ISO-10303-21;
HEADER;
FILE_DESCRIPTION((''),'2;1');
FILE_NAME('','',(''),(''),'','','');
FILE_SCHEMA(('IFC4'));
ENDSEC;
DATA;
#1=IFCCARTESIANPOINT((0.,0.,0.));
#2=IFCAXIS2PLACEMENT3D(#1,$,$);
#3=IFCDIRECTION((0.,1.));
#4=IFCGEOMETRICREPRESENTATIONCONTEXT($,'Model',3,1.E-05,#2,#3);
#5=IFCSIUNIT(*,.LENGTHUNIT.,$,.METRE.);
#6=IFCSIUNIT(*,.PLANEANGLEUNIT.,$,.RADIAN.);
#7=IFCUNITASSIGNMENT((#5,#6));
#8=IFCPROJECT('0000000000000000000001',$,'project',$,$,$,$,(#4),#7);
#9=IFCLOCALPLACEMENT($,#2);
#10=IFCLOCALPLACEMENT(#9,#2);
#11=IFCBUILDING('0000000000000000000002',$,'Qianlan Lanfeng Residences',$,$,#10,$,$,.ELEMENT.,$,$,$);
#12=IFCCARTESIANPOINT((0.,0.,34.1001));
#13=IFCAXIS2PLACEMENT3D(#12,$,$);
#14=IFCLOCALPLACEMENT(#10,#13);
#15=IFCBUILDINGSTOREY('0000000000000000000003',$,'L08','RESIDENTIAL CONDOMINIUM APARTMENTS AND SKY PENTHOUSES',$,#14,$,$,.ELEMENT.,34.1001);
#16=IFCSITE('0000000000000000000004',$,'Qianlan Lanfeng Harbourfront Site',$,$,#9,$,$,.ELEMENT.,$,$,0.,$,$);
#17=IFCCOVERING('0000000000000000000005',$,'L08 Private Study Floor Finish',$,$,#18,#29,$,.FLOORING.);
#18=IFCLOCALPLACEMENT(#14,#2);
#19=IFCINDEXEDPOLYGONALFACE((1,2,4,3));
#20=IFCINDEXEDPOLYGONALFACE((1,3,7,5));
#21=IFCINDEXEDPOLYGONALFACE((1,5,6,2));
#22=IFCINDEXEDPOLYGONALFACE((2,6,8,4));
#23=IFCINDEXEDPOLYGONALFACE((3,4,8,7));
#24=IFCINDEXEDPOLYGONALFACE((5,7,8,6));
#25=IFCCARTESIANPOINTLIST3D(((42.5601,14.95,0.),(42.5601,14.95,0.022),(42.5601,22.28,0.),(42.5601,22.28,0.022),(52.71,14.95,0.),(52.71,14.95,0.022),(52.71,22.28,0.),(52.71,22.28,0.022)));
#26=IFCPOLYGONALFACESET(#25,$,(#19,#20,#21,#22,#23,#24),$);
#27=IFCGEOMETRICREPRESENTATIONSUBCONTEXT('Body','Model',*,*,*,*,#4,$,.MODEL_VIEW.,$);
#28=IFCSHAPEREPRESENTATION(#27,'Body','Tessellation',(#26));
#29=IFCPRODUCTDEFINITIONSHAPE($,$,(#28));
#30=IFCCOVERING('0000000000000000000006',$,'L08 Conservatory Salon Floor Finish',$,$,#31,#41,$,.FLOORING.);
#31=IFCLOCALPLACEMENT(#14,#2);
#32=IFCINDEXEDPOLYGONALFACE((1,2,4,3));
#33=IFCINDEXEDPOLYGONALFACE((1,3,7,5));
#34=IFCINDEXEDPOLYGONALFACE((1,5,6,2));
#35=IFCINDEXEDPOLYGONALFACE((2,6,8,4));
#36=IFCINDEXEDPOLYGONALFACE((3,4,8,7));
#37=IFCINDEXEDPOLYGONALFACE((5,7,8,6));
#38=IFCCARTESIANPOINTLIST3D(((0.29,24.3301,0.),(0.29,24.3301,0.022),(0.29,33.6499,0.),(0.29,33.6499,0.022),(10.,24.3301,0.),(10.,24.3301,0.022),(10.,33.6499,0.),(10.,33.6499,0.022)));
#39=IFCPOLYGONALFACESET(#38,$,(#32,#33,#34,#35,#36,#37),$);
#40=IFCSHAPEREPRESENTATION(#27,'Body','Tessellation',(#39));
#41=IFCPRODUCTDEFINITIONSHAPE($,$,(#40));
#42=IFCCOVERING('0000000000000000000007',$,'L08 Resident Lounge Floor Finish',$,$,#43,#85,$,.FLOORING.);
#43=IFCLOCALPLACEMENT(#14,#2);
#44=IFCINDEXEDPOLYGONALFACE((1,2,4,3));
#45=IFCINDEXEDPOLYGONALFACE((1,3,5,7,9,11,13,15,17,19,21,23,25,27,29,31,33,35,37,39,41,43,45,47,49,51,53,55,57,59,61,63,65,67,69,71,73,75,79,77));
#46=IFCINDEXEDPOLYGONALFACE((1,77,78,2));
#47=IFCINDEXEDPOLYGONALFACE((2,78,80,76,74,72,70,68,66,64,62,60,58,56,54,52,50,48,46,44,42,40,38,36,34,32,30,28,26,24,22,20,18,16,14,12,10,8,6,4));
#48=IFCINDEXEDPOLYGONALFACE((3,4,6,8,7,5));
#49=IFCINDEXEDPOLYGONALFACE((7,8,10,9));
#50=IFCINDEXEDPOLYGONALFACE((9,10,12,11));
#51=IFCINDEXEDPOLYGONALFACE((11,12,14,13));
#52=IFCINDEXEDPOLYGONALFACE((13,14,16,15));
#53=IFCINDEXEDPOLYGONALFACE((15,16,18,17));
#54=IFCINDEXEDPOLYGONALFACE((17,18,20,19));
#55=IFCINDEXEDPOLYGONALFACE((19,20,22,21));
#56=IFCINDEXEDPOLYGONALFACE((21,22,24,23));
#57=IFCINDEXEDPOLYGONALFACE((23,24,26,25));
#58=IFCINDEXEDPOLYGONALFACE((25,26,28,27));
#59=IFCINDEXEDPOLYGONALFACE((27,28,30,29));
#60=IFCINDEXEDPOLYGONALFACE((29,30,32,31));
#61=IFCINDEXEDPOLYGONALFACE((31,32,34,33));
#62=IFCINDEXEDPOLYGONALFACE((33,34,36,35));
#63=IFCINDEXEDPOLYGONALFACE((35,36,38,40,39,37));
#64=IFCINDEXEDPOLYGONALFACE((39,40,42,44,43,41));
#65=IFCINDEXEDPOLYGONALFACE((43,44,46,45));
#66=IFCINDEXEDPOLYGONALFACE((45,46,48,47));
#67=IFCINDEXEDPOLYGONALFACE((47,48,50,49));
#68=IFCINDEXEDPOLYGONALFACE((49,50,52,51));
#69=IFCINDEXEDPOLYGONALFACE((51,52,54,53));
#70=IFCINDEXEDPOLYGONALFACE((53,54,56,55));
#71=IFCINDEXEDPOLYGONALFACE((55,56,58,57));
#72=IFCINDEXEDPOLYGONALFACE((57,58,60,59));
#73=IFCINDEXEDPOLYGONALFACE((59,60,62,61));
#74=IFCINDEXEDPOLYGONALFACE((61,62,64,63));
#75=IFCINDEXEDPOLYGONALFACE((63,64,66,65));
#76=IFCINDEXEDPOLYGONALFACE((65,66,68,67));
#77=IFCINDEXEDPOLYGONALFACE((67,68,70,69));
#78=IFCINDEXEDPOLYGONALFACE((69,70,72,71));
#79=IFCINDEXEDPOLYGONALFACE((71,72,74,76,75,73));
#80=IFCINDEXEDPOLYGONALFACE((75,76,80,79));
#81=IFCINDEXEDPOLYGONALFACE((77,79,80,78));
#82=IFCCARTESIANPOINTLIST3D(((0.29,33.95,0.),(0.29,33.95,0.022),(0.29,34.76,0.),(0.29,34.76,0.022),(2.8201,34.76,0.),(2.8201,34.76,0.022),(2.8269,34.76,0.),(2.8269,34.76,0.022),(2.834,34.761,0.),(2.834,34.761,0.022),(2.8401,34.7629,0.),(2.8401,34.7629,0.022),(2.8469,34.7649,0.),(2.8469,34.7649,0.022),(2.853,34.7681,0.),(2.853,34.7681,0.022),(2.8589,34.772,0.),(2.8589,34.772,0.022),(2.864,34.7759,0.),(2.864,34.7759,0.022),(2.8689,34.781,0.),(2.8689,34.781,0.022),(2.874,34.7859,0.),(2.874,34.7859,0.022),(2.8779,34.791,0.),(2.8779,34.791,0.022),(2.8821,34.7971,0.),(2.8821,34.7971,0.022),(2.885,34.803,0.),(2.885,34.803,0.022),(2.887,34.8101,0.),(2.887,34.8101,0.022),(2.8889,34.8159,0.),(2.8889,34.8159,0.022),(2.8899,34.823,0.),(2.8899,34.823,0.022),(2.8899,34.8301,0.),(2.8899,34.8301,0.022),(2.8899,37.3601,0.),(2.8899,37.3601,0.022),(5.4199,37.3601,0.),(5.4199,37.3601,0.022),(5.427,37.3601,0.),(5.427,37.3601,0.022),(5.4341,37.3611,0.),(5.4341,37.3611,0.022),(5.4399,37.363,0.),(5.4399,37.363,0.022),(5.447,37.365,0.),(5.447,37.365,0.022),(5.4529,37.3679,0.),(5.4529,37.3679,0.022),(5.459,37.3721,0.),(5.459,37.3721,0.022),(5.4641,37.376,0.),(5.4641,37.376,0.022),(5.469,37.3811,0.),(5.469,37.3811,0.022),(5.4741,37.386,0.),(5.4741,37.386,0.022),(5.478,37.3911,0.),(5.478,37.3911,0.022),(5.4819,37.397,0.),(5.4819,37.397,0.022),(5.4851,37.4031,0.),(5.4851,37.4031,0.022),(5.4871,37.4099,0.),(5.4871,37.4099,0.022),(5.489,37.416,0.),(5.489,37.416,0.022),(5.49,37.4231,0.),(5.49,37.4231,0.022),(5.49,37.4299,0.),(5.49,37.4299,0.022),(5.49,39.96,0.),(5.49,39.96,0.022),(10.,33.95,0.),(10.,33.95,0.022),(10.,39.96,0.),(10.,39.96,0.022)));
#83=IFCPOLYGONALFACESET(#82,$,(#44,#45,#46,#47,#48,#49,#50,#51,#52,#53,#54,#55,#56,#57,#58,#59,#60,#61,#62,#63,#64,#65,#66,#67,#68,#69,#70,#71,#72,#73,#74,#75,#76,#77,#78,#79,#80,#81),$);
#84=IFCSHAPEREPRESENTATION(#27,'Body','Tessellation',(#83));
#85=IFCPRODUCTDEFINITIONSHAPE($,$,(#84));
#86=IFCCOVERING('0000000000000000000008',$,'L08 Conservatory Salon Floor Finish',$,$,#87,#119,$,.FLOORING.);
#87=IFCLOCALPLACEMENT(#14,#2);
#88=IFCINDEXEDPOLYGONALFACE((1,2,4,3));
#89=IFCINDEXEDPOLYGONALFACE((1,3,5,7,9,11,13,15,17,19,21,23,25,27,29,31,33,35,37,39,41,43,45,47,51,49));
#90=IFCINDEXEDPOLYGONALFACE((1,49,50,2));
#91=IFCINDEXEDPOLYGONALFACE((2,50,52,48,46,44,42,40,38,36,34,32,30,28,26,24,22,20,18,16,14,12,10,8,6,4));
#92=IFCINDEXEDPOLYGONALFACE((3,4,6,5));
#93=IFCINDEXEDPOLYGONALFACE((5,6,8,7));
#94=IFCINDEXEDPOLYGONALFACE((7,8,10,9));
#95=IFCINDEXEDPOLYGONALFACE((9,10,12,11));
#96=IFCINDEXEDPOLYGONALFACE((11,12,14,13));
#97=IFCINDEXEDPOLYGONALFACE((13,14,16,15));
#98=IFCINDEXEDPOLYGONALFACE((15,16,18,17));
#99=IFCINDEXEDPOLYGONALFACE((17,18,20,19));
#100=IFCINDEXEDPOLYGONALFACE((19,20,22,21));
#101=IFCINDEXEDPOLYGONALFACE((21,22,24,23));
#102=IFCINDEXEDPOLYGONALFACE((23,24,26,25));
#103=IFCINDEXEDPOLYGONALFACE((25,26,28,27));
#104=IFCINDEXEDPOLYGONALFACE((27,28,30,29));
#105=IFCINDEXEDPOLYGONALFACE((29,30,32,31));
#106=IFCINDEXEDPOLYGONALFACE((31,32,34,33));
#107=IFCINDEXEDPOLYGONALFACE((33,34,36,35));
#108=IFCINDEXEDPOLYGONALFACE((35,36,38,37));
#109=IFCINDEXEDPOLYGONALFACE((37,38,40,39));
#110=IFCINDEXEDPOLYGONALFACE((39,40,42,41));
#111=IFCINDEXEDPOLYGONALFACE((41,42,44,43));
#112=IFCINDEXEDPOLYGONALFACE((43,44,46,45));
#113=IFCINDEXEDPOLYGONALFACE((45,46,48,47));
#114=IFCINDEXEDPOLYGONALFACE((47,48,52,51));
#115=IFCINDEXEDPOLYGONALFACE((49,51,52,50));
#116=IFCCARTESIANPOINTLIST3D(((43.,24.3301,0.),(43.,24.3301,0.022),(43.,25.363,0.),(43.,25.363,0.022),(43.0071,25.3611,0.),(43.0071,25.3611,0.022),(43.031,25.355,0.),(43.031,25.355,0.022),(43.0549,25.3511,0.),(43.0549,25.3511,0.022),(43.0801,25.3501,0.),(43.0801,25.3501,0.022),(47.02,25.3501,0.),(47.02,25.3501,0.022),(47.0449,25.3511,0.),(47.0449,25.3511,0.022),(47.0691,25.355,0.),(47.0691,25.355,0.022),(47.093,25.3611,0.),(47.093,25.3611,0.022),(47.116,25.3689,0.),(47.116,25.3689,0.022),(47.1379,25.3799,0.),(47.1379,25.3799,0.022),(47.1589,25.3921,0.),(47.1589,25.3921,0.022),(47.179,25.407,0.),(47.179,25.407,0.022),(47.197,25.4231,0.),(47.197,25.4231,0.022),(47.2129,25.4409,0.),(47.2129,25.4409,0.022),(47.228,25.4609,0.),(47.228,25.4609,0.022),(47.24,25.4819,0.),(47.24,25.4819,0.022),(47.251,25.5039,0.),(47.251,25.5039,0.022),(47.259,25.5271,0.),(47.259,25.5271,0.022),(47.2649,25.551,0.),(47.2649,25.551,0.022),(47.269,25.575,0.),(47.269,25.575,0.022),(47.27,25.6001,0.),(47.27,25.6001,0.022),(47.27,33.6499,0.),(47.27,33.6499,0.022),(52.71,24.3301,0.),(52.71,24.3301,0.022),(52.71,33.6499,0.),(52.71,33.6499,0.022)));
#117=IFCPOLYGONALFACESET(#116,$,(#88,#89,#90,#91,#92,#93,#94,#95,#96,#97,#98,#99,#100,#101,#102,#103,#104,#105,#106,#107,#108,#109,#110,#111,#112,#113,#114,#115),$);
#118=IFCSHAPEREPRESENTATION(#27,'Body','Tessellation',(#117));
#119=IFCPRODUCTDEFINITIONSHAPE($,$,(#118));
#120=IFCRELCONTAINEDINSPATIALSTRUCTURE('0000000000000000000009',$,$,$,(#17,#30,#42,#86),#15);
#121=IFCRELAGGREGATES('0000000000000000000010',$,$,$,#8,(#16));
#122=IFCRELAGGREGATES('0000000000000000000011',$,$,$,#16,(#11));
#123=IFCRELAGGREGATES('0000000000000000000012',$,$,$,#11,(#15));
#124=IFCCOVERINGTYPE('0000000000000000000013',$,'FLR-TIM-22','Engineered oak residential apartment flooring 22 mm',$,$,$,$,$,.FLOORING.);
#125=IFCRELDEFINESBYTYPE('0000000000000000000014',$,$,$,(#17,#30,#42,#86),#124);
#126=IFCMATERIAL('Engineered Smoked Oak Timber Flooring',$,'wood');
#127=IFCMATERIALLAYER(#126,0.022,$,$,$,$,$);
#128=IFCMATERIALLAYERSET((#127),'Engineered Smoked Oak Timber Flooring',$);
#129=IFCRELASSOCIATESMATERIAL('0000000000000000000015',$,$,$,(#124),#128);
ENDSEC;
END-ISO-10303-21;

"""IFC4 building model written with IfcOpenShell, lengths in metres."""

from ifc_helpers import new_model, si_unit, direction, frame, origin, place, context, subcontext, project, spatial, polyline, outline, extrude, material, layer, layer_set, type_object, element, save


model = new_model("IFC4")

# Units and contexts
model_context = context("Model", 3, precision=1e-05, world=origin(), true_north=direction((0.0, 1.0)))
body_context = subcontext(model_context, "Body", "Model", "MODEL_VIEW")
ifc_project = project(units=[si_unit("LENGTHUNIT", "METRE"), si_unit("PLANEANGLEUNIT", "RADIAN")], contexts=[model_context])

# Site, building, storey
site_placement = place(None, origin())
site = spatial("IfcSite", under=ifc_project, at=site_placement, Name="Qianlan Lanfeng Harbourfront Site", CompositionType="ELEMENT", RefElevation=0.0)
building_placement = place(site_placement, origin())
building = spatial("IfcBuilding", under=site, at=building_placement, Name="Qianlan Lanfeng Residences", CompositionType="ELEMENT")
storey_placement = place(building_placement, frame((0.0, 0.0, 34.1001)))
storey = spatial("IfcBuildingStorey", under=building, at=storey_placement, Name="L08", Description="RESIDENTIAL CONDOMINIUM APARTMENTS AND SKY PENTHOUSES", CompositionType="ELEMENT", Elevation=34.1001)

# Coverings
ifc_material_1 = material(Name="Engineered Smoked Oak Timber Flooring", Category="wood")
ifc_layer_1 = layer(ifc_material_1, 0.022)
ifc_layer_set_1 = layer_set([ifc_layer_1], Name="Engineered Smoked Oak Timber Flooring")
covering_type_1 = type_object("IfcCoveringType", Name="FLR-TIM-22", Description="Engineered oak residential apartment flooring 22 mm", PredefinedType="FLOORING", material=ifc_layer_set_1)
covering_1_placement = place(storey_placement, origin())
element("IfcCovering", 1, at=covering_1_placement, inside=storey, type_object=covering_type_1, Name="L08 Private Study Floor Finish", PredefinedType="FLOORING", context=body_context, shape_type="SweptSolid", body=[
    extrude(outline(polyline([(52.71, 22.28), (42.5601, 22.28), (42.5601, 14.95), (52.71, 14.95), (52.71, 22.28)])), origin(), (0.0, 0.0, 1.0), 0.022),
])
covering_2_placement = place(storey_placement, origin())
element("IfcCovering", 2, at=covering_2_placement, inside=storey, type_object=covering_type_1, Name="L08 Conservatory Salon Floor Finish", PredefinedType="FLOORING", context=body_context, shape_type="SweptSolid", body=[
    extrude(outline(polyline([(10.0, 33.6499), (0.29, 33.6499), (0.29, 24.3301), (10.0, 24.3301), (10.0, 33.6499)])), origin(), (0.0, 0.0, 1.0), 0.022),
])
covering_3_placement = place(storey_placement, origin())
element("IfcCovering", 3, at=covering_3_placement, inside=storey, type_object=covering_type_1, Name="L08 Resident Lounge Floor Finish", PredefinedType="FLOORING", context=body_context, shape_type="SweptSolid", body=[
    extrude(outline(polyline([(0.29, 33.95), (10.0, 33.95), (10.0, 39.96), (5.49, 39.96), (5.49, 37.4299), (5.49, 37.4231), (5.489, 37.416), (5.4871, 37.4099), (5.4851, 37.4031), (5.4819, 37.397), (5.478, 37.3911), (5.4741, 37.386), (5.469, 37.3811), (5.4641, 37.376), (5.459, 37.3721), (5.4529, 37.3679), (5.447, 37.365), (5.4399, 37.363), (5.4341, 37.3611), (5.427, 37.3601), (5.4199, 37.3601), (2.8899, 37.3601), (2.8899, 34.8301), (2.8899, 34.823), (2.8889, 34.8159), (2.887, 34.8101), (2.885, 34.803), (2.8821, 34.7971), (2.8779, 34.791), (2.874, 34.7859), (2.8689, 34.781), (2.864, 34.7759), (2.8589, 34.772), (2.853, 34.7681), (2.8469, 34.7649), (2.8401, 34.7629), (2.834, 34.761), (2.8269, 34.76), (2.8201, 34.76), (0.29, 34.76), (0.29, 33.95)])), origin(), (0.0, 0.0, 1.0), 0.022),
])
covering_4_placement = place(storey_placement, origin())
element("IfcCovering", 4, at=covering_4_placement, inside=storey, type_object=covering_type_1, Name="L08 Conservatory Salon Floor Finish", PredefinedType="FLOORING", context=body_context, shape_type="SweptSolid", body=[
    extrude(outline(polyline([(52.71, 33.6499), (47.27, 33.6499), (47.27, 25.6001), (47.269, 25.575), (47.2649, 25.551), (47.259, 25.5271), (47.251, 25.5039), (47.24, 25.4819), (47.228, 25.4609), (47.2129, 25.4409), (47.197, 25.4231), (47.179, 25.407), (47.1589, 25.3921), (47.1379, 25.3799), (47.116, 25.3689), (47.093, 25.3611), (47.0691, 25.355), (47.0449, 25.3511), (47.02, 25.3501), (43.0801, 25.3501), (43.0549, 25.3511), (43.031, 25.355), (43.0071, 25.3611), (43.0, 25.363), (43.0, 24.3301), (52.71, 24.3301), (52.71, 33.6499)])), origin(), (0.0, 0.0, 1.0), 0.022),
])

save(model, "model.ifc")
